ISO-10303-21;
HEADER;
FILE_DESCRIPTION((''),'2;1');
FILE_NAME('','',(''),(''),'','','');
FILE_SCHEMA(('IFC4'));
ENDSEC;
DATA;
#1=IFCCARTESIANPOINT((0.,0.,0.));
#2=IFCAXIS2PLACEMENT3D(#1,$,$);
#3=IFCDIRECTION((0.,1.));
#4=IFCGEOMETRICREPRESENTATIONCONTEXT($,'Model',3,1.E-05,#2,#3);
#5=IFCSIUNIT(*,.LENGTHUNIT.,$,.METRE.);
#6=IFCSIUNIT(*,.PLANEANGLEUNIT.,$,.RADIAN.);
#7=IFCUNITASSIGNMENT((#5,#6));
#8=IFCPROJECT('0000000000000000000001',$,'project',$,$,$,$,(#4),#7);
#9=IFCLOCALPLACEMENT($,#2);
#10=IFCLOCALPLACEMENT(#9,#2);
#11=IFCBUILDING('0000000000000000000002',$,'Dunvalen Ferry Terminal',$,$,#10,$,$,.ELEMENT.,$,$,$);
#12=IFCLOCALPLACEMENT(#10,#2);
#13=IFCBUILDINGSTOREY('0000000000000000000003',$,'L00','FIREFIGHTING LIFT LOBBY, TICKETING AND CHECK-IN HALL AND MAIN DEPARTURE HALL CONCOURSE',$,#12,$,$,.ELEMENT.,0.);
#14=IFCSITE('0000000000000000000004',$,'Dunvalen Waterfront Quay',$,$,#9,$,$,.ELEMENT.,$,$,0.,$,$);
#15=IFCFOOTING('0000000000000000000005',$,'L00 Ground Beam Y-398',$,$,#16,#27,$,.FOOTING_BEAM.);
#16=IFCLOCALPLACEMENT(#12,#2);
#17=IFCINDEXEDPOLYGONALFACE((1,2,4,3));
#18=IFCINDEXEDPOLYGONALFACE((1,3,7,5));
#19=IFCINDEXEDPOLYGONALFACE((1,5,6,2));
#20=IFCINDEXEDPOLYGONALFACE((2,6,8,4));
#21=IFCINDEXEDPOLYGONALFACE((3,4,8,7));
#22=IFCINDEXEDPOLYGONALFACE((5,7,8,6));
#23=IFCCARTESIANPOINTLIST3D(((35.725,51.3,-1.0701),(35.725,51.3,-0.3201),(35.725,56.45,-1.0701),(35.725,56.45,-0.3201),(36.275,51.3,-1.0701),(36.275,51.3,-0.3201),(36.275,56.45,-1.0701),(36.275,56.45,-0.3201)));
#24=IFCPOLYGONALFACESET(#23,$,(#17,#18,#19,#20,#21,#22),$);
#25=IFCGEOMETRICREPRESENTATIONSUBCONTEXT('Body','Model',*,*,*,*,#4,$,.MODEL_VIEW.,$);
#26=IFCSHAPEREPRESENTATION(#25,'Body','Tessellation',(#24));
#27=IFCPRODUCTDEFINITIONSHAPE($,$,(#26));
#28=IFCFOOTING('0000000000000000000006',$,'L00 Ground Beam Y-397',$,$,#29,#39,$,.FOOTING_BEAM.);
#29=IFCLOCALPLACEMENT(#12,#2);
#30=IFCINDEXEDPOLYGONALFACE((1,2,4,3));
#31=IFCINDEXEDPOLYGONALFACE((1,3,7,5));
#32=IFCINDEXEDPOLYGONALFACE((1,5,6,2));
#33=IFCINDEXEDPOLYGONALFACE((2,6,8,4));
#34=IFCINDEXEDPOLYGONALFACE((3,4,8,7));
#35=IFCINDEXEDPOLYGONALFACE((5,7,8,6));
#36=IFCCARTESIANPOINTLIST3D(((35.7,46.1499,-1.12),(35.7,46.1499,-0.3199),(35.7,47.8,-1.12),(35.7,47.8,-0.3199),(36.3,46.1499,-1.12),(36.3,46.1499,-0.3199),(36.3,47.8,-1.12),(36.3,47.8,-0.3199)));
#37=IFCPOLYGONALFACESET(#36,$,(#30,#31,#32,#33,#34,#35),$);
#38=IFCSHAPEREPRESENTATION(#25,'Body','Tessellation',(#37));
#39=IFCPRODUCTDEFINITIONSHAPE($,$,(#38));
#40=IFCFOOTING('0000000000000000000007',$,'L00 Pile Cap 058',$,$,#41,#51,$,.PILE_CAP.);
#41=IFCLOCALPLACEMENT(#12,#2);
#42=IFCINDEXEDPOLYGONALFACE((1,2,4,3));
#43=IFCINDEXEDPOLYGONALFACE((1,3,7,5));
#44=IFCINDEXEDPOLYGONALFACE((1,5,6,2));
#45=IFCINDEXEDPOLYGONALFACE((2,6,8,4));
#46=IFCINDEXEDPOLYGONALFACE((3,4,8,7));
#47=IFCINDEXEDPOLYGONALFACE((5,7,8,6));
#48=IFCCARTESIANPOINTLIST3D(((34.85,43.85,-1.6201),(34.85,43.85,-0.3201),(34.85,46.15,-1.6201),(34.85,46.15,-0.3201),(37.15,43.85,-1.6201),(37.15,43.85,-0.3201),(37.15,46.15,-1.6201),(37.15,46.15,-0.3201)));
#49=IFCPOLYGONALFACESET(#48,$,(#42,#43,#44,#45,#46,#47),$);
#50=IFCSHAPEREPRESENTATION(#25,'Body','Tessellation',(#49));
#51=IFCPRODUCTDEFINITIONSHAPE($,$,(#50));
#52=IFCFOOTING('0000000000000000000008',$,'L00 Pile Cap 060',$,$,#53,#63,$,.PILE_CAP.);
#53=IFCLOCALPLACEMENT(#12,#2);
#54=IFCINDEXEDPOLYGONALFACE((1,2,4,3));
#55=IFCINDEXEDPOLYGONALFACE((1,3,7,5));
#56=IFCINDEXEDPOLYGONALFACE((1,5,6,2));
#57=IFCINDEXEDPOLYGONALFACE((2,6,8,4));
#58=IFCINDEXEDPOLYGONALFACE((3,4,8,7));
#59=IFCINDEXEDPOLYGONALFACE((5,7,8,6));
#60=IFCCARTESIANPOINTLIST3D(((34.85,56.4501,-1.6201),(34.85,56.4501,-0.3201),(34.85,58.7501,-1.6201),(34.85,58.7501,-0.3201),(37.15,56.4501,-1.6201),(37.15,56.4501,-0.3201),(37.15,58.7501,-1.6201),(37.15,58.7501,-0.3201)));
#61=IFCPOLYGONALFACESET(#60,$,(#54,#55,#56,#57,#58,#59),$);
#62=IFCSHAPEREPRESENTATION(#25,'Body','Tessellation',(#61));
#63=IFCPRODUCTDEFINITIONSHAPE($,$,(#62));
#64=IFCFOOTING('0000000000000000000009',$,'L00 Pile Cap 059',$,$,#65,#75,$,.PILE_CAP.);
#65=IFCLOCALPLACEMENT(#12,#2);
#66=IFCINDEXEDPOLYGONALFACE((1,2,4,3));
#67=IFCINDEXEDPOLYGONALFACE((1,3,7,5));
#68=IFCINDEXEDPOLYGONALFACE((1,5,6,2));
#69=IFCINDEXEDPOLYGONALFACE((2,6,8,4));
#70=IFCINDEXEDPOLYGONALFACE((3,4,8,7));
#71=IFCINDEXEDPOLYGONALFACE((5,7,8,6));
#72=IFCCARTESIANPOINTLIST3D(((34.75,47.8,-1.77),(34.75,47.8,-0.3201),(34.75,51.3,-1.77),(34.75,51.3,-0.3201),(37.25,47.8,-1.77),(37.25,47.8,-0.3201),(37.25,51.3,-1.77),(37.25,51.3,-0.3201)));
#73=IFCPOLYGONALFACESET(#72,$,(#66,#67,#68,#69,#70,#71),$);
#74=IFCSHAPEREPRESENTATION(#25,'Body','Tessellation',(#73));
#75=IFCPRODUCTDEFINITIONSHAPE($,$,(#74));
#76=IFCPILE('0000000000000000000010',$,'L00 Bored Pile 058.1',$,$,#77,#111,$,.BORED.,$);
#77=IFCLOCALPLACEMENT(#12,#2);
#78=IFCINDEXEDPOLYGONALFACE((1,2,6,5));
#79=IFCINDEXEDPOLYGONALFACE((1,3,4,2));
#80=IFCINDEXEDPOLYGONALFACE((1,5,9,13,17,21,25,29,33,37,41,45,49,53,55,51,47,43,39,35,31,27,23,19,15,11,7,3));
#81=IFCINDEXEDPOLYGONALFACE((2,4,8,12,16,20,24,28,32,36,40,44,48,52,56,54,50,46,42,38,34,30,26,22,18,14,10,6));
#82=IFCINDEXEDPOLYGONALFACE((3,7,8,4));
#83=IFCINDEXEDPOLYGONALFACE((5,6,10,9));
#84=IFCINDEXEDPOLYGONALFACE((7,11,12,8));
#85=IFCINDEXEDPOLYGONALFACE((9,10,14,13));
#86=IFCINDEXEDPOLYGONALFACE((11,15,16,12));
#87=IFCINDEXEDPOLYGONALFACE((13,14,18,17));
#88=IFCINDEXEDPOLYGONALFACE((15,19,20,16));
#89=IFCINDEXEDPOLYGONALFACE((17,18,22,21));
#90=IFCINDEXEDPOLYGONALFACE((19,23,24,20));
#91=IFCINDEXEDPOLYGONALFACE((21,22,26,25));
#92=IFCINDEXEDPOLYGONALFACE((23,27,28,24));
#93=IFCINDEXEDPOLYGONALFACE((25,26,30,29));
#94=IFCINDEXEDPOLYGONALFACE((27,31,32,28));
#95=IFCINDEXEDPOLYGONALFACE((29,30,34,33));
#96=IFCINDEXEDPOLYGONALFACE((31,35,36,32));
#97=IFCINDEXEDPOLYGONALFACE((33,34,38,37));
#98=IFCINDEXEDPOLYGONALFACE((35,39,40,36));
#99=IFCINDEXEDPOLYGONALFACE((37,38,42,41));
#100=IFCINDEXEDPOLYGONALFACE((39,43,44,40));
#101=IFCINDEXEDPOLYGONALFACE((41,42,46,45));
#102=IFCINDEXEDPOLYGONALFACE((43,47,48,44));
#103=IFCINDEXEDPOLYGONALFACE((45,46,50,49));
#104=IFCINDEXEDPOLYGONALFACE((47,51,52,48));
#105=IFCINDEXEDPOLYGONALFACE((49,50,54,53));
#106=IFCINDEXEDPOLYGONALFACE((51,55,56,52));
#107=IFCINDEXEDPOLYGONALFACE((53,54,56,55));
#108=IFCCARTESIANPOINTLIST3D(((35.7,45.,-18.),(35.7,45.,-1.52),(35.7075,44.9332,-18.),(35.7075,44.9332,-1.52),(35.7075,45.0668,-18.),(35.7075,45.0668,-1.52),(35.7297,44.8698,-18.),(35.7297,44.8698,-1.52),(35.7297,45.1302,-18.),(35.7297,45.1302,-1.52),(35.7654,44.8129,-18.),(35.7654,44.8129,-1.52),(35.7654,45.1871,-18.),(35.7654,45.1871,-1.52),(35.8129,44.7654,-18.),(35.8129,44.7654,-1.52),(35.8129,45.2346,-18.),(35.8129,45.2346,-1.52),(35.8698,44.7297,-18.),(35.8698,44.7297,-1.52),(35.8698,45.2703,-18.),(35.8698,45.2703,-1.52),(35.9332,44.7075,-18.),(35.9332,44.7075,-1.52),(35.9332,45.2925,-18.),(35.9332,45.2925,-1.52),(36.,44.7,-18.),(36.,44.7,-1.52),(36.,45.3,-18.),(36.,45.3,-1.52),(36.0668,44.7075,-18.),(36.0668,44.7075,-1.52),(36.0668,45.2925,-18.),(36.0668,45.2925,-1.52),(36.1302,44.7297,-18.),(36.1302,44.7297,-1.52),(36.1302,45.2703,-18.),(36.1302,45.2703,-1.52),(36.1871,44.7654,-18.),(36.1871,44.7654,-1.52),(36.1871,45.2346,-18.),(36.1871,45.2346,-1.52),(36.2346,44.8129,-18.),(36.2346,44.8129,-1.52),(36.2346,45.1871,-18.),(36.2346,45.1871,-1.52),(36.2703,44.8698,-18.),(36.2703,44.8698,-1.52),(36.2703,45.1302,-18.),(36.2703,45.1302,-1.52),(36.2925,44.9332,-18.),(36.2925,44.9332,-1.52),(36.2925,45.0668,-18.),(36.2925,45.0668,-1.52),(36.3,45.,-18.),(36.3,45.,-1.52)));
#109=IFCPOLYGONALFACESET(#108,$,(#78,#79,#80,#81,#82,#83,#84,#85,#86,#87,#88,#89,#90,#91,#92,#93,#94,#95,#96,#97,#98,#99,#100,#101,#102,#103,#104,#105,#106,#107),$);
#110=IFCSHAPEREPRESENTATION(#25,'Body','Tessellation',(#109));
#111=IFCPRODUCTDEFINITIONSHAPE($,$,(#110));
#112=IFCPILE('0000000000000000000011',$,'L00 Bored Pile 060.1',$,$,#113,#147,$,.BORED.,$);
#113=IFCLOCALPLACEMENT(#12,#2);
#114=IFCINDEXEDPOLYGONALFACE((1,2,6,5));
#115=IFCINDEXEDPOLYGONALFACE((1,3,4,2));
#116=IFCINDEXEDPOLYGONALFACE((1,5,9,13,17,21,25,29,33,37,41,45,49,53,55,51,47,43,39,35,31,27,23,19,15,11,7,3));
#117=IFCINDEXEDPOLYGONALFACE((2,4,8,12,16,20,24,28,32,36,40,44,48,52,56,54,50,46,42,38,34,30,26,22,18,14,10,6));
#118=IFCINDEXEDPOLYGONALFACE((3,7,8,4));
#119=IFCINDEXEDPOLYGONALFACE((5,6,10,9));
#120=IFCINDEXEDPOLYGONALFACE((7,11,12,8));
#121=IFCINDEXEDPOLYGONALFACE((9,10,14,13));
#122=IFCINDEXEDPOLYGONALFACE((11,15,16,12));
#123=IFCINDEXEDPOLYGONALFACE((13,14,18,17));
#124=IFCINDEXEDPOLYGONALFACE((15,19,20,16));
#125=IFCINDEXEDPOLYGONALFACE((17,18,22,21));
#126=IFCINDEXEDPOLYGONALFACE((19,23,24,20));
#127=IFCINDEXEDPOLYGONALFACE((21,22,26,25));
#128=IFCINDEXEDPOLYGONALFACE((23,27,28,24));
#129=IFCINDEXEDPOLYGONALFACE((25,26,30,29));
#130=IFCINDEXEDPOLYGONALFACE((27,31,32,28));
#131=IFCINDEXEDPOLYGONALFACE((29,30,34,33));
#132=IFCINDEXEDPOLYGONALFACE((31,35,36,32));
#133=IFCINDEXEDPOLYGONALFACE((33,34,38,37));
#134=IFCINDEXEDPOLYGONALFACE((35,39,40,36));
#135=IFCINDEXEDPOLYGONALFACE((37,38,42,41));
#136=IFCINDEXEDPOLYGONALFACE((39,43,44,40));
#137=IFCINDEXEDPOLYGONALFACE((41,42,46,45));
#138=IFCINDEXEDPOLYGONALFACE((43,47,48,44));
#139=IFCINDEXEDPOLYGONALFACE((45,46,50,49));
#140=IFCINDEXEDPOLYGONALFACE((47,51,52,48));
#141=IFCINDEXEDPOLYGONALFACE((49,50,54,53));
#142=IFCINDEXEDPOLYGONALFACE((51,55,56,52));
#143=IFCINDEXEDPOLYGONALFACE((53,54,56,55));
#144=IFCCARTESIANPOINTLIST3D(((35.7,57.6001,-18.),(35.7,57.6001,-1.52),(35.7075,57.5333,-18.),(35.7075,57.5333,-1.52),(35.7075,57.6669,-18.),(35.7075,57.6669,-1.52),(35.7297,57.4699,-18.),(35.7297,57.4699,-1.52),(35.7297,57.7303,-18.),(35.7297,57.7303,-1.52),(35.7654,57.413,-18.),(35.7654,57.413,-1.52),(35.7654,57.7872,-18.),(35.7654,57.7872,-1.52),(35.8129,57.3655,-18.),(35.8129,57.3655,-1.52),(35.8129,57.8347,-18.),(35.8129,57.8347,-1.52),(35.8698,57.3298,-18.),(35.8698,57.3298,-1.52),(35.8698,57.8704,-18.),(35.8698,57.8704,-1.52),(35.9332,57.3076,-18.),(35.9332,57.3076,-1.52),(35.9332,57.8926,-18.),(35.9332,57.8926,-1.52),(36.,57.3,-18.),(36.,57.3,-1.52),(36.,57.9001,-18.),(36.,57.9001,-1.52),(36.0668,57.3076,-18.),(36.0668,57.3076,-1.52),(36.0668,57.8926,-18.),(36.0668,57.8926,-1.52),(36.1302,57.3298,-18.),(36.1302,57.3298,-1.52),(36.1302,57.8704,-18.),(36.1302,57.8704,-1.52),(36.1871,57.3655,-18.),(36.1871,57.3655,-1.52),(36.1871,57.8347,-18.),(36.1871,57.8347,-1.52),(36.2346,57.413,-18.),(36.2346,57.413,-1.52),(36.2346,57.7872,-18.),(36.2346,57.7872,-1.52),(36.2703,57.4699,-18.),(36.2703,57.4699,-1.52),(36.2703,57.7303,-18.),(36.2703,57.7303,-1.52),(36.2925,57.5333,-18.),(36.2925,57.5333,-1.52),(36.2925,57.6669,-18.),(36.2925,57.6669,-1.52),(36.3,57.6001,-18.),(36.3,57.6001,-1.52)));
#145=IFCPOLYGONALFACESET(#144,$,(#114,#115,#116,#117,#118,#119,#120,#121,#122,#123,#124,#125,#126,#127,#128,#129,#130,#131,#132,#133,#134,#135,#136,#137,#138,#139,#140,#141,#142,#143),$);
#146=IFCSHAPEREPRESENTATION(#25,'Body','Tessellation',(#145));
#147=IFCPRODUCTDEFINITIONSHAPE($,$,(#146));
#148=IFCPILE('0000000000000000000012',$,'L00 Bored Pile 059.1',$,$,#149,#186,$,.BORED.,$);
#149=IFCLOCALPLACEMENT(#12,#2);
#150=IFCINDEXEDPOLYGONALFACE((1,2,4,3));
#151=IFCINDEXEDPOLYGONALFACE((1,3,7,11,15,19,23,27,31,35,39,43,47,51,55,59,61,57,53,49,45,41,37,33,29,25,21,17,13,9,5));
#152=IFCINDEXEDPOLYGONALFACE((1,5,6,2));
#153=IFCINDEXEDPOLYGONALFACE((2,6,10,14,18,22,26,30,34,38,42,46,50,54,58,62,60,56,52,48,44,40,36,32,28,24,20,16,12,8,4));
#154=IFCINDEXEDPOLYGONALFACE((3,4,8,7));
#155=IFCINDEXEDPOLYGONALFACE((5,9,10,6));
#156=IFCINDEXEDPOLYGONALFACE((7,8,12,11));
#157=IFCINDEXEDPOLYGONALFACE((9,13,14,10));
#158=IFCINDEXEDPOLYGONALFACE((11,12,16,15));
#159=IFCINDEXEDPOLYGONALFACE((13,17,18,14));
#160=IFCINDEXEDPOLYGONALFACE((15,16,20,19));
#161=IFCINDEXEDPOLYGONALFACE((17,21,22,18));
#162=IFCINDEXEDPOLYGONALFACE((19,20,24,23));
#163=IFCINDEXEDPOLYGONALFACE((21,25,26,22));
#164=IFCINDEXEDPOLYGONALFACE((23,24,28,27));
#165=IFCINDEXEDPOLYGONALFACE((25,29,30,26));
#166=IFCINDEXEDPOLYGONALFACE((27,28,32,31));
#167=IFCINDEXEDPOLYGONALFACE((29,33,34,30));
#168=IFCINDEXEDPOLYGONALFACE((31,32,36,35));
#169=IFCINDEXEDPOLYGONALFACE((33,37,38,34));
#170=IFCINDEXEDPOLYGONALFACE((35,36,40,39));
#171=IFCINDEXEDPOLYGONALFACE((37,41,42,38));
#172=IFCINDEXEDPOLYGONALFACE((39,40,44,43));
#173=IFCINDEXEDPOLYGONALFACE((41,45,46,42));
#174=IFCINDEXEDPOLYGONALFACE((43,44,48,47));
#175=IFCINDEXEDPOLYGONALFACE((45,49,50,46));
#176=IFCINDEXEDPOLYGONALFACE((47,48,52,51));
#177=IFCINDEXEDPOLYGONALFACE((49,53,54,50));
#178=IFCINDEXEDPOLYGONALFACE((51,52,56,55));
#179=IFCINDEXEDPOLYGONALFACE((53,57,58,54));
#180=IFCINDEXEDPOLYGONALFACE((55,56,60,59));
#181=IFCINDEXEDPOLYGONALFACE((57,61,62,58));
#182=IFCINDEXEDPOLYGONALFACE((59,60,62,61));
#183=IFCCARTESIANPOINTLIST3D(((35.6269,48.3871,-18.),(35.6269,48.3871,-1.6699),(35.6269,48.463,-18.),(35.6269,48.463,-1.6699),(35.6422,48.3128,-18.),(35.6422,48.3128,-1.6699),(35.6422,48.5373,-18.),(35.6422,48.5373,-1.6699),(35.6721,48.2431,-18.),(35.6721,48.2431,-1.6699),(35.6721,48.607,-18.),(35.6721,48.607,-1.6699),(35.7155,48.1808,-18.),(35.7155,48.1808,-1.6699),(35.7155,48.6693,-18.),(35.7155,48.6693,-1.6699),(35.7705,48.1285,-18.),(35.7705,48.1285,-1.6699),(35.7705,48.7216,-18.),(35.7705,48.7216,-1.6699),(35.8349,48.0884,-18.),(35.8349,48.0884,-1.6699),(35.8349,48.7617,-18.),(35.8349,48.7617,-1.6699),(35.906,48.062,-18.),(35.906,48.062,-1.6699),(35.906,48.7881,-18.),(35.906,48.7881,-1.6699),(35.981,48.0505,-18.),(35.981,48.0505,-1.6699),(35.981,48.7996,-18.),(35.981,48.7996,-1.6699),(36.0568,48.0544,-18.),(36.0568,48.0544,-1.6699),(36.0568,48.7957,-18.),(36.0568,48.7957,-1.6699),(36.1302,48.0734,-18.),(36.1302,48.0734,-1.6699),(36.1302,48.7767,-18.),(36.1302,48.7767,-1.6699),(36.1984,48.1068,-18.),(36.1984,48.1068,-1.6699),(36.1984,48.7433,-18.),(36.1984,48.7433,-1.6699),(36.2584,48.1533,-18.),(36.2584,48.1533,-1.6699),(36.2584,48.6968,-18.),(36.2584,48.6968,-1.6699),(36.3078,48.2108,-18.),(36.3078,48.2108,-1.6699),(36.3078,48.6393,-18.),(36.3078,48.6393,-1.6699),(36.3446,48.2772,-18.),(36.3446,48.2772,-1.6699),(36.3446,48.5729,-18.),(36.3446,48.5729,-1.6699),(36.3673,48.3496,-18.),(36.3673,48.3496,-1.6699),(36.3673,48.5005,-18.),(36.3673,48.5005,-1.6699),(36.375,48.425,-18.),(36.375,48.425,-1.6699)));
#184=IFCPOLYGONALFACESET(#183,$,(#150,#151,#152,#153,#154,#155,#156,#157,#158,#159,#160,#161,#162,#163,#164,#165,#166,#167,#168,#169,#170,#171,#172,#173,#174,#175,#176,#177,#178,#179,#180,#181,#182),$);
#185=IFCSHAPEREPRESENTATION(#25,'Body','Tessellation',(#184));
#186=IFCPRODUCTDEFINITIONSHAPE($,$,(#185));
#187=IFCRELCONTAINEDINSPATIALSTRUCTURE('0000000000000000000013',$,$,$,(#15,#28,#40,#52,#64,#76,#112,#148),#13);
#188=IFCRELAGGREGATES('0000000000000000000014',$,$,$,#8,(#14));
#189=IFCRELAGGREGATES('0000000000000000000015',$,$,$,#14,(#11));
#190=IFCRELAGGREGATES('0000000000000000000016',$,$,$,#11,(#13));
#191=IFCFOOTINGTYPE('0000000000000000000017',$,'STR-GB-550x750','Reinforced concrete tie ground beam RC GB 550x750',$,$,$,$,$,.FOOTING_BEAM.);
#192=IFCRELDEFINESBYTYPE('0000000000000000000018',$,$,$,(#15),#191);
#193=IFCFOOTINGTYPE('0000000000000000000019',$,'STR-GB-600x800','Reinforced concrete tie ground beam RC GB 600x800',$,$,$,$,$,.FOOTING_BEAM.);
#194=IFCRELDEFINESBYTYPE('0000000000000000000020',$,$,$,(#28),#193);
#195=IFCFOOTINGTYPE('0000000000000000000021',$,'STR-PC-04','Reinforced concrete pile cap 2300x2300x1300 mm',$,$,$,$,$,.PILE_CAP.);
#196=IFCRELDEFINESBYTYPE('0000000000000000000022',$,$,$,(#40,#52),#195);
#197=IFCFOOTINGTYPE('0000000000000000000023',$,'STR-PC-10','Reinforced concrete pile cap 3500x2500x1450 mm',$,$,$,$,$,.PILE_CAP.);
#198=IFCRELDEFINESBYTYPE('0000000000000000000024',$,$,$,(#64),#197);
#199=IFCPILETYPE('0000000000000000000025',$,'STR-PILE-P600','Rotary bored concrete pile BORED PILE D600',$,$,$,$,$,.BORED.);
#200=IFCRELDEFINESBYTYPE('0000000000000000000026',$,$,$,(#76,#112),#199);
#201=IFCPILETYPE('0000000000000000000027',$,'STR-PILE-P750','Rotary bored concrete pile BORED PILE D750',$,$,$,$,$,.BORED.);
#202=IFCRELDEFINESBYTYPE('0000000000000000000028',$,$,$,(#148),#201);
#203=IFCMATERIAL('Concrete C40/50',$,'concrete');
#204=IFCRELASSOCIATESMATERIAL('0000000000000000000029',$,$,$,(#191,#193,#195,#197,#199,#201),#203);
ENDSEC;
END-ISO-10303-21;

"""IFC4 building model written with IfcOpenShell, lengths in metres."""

from ifc_helpers import new_model, si_unit, direction, frame, origin, origin_2d, place, context, subcontext, project, spatial, rectangle, circle, extrude, material, material_profile, profile_set, type_object, element, save


model = new_model("IFC4")

# Units and contexts
model_context = context("Model", 3, precision=1e-05, world=origin(), true_north=direction((0.0, 1.0)))
body_context = subcontext(model_context, "Body", "Model", "MODEL_VIEW")
ifc_project = project(units=[si_unit("LENGTHUNIT", "METRE"), si_unit("PLANEANGLEUNIT", "RADIAN")], contexts=[model_context])

# Site, building, storey
site_placement = place(None, origin())
site = spatial("IfcSite", under=ifc_project, at=site_placement, Name="Dunvalen Waterfront Quay", CompositionType="ELEMENT", RefElevation=0.0)
building_placement = place(site_placement, origin())
building = spatial("IfcBuilding", under=site, at=building_placement, Name="Dunvalen Ferry Terminal", CompositionType="ELEMENT")
storey_placement = place(building_placement, origin())
storey = spatial("IfcBuildingStorey", under=building, at=storey_placement, Name="L00", Description="FIREFIGHTING LIFT LOBBY, TICKETING AND CHECK-IN HALL AND MAIN DEPARTURE HALL CONCOURSE", CompositionType="ELEMENT", Elevation=0.0)

# Footings
ifc_material_1 = material(Name="Concrete C40/50", Category="concrete")
ifc_material_profile_1 = material_profile(ifc_material_1, rectangle(XDim=0.55, YDim=0.75, at=origin_2d()), Name="Concrete C40/50")
ifc_profile_set_1 = profile_set([ifc_material_profile_1], Name="Concrete C40/50")
footing_type_1 = type_object("IfcFootingType", Name="STR-GB-550x750", Description="Reinforced concrete tie ground beam RC GB 550x750", PredefinedType="FOOTING_BEAM", material=ifc_profile_set_1)
footing_1_placement = place(storey_placement, frame((36.0, 51.3, -0.6951), z_axis=(0.0, 1.0, 0.0), x_axis=(-1.0, 0.0, 0.0)))
element("IfcFooting", 1, at=footing_1_placement, inside=storey, type_object=footing_type_1, Name="L00 Ground Beam Y-398", PredefinedType="FOOTING_BEAM", context=body_context, shape_type="SweptSolid", body=[
    extrude(rectangle(XDim=0.55, YDim=0.75, at=origin_2d()), origin(), (0.0, 0.0, 1.0), 5.1499),
])
ifc_material_profile_2 = material_profile(ifc_material_1, rectangle(XDim=0.6001, YDim=0.8, at=origin_2d()), Name="Concrete C40/50")
ifc_profile_set_2 = profile_set([ifc_material_profile_2], Name="Concrete C40/50")
footing_type_2 = type_object("IfcFootingType", Name="STR-GB-600x800", Description="Reinforced concrete tie ground beam RC GB 600x800", PredefinedType="FOOTING_BEAM", material=ifc_profile_set_2)
footing_2_placement = place(storey_placement, frame((36.0, 46.1499, -0.72), z_axis=(0.0, 1.0, 0.0), x_axis=(-1.0, 0.0, 0.0)))
element("IfcFooting", 2, at=footing_2_placement, inside=storey, type_object=footing_type_2, Name="L00 Ground Beam Y-397", PredefinedType="FOOTING_BEAM", context=body_context, shape_type="SweptSolid", body=[
    extrude(rectangle(XDim=0.6001, YDim=0.8, at=origin_2d()), origin(), (0.0, 0.0, 1.0), 1.6501),
])
footing_type_3 = type_object("IfcFootingType", Name="STR-PC-04", Description="Reinforced concrete pile cap 2300x2300x1300 mm", PredefinedType="PILE_CAP", material=ifc_material_1)
for number, where, z_axis, x_axis, name in (
    (3, (36.0, 45.0, -1.6201), (0.0, 0.0, 1.0), (1.0, 0.0, 0.0), "L00 Pile Cap 058"),
    (4, (36.0, 57.6001, -1.6201), (0.0, 0.0, 1.0), (1.0, 0.0, 0.0), "L00 Pile Cap 060"),
):
    element("IfcFooting", number, at=place(storey_placement, frame(where, z_axis=z_axis, x_axis=x_axis)), inside=storey, type_object=footing_type_3, Name=name, PredefinedType="PILE_CAP", context=body_context, shape_type="SweptSolid", body=[
        extrude(rectangle(XDim=2.3, YDim=2.3, at=origin_2d()), origin(), (0.0, 0.0, 1.0), 1.3),
    ])
footing_type_4 = type_object("IfcFootingType", Name="STR-PC-10", Description="Reinforced concrete pile cap 3500x2500x1450 mm", PredefinedType="PILE_CAP", material=ifc_material_1)
footing_3_placement = place(storey_placement, frame((36.0, 49.55, -1.77), z_axis=(0.0, 0.0, 1.0), x_axis=(0.0, 1.0, 0.0)))
element("IfcFooting", 5, at=footing_3_placement, inside=storey, type_object=footing_type_4, Name="L00 Pile Cap 059", PredefinedType="PILE_CAP", context=body_context, shape_type="SweptSolid", body=[
    extrude(rectangle(XDim=3.5, YDim=2.5, at=origin_2d()), origin(), (0.0, 0.0, 1.0), 1.45),
])

# Piles
ifc_material_profile_3 = material_profile(ifc_material_1, circle(Radius=0.3, at=origin_2d()), Name="Concrete C40/50")
ifc_profile_set_3 = profile_set([ifc_material_profile_3], Name="Concrete C40/50")
pile_type_1 = type_object("IfcPileType", Name="STR-PILE-P600", Description="Rotary bored concrete pile BORED PILE D600", PredefinedType="BORED", material=ifc_profile_set_3)
for number, where, z_axis, x_axis, name in (
    (6, (36.0, 45.0, -1.52), (0.0, 0.0, -1.0), (1.0, 0.0, 0.0), "L00 Bored Pile 058.1"),
    (7, (36.0, 57.6001, -1.52), (0.0, 0.0, -1.0), (1.0, 0.0, 0.0), "L00 Bored Pile 060.1"),
):
    element("IfcPile", number, at=place(storey_placement, frame(where, z_axis=z_axis, x_axis=x_axis)), inside=storey, type_object=pile_type_1, Name=name, PredefinedType="BORED", context=body_context, shape_type="SweptSolid", body=[
        extrude(circle(Radius=0.3, at=origin_2d()), origin(), (0.0, 0.0, 1.0), 16.48),
    ])
ifc_material_profile_4 = material_profile(ifc_material_1, circle(Radius=0.375, at=origin_2d()), Name="Concrete C40/50")
ifc_profile_set_4 = profile_set([ifc_material_profile_4], Name="Concrete C40/50")
pile_type_2 = type_object("IfcPileType", Name="STR-PILE-P750", Description="Rotary bored concrete pile BORED PILE D750", PredefinedType="BORED", material=ifc_profile_set_4)
for number, where, z_axis, x_axis, name in (
    (8, (36.0, 48.425, -1.6699), (0.0, 0.0, -1.0), (1.0, 0.0, 0.0), "L00 Bored Pile 059.1"),
):
    element("IfcPile", number, at=place(storey_placement, frame(where, z_axis=z_axis, x_axis=x_axis)), inside=storey, type_object=pile_type_2, Name=name, PredefinedType="BORED", context=body_context, shape_type="SweptSolid", body=[
        extrude(circle(Radius=0.375, at=origin_2d()), origin(), (0.0, 0.0, 1.0), 16.3301),
    ])

save(model, "model.ifc")
